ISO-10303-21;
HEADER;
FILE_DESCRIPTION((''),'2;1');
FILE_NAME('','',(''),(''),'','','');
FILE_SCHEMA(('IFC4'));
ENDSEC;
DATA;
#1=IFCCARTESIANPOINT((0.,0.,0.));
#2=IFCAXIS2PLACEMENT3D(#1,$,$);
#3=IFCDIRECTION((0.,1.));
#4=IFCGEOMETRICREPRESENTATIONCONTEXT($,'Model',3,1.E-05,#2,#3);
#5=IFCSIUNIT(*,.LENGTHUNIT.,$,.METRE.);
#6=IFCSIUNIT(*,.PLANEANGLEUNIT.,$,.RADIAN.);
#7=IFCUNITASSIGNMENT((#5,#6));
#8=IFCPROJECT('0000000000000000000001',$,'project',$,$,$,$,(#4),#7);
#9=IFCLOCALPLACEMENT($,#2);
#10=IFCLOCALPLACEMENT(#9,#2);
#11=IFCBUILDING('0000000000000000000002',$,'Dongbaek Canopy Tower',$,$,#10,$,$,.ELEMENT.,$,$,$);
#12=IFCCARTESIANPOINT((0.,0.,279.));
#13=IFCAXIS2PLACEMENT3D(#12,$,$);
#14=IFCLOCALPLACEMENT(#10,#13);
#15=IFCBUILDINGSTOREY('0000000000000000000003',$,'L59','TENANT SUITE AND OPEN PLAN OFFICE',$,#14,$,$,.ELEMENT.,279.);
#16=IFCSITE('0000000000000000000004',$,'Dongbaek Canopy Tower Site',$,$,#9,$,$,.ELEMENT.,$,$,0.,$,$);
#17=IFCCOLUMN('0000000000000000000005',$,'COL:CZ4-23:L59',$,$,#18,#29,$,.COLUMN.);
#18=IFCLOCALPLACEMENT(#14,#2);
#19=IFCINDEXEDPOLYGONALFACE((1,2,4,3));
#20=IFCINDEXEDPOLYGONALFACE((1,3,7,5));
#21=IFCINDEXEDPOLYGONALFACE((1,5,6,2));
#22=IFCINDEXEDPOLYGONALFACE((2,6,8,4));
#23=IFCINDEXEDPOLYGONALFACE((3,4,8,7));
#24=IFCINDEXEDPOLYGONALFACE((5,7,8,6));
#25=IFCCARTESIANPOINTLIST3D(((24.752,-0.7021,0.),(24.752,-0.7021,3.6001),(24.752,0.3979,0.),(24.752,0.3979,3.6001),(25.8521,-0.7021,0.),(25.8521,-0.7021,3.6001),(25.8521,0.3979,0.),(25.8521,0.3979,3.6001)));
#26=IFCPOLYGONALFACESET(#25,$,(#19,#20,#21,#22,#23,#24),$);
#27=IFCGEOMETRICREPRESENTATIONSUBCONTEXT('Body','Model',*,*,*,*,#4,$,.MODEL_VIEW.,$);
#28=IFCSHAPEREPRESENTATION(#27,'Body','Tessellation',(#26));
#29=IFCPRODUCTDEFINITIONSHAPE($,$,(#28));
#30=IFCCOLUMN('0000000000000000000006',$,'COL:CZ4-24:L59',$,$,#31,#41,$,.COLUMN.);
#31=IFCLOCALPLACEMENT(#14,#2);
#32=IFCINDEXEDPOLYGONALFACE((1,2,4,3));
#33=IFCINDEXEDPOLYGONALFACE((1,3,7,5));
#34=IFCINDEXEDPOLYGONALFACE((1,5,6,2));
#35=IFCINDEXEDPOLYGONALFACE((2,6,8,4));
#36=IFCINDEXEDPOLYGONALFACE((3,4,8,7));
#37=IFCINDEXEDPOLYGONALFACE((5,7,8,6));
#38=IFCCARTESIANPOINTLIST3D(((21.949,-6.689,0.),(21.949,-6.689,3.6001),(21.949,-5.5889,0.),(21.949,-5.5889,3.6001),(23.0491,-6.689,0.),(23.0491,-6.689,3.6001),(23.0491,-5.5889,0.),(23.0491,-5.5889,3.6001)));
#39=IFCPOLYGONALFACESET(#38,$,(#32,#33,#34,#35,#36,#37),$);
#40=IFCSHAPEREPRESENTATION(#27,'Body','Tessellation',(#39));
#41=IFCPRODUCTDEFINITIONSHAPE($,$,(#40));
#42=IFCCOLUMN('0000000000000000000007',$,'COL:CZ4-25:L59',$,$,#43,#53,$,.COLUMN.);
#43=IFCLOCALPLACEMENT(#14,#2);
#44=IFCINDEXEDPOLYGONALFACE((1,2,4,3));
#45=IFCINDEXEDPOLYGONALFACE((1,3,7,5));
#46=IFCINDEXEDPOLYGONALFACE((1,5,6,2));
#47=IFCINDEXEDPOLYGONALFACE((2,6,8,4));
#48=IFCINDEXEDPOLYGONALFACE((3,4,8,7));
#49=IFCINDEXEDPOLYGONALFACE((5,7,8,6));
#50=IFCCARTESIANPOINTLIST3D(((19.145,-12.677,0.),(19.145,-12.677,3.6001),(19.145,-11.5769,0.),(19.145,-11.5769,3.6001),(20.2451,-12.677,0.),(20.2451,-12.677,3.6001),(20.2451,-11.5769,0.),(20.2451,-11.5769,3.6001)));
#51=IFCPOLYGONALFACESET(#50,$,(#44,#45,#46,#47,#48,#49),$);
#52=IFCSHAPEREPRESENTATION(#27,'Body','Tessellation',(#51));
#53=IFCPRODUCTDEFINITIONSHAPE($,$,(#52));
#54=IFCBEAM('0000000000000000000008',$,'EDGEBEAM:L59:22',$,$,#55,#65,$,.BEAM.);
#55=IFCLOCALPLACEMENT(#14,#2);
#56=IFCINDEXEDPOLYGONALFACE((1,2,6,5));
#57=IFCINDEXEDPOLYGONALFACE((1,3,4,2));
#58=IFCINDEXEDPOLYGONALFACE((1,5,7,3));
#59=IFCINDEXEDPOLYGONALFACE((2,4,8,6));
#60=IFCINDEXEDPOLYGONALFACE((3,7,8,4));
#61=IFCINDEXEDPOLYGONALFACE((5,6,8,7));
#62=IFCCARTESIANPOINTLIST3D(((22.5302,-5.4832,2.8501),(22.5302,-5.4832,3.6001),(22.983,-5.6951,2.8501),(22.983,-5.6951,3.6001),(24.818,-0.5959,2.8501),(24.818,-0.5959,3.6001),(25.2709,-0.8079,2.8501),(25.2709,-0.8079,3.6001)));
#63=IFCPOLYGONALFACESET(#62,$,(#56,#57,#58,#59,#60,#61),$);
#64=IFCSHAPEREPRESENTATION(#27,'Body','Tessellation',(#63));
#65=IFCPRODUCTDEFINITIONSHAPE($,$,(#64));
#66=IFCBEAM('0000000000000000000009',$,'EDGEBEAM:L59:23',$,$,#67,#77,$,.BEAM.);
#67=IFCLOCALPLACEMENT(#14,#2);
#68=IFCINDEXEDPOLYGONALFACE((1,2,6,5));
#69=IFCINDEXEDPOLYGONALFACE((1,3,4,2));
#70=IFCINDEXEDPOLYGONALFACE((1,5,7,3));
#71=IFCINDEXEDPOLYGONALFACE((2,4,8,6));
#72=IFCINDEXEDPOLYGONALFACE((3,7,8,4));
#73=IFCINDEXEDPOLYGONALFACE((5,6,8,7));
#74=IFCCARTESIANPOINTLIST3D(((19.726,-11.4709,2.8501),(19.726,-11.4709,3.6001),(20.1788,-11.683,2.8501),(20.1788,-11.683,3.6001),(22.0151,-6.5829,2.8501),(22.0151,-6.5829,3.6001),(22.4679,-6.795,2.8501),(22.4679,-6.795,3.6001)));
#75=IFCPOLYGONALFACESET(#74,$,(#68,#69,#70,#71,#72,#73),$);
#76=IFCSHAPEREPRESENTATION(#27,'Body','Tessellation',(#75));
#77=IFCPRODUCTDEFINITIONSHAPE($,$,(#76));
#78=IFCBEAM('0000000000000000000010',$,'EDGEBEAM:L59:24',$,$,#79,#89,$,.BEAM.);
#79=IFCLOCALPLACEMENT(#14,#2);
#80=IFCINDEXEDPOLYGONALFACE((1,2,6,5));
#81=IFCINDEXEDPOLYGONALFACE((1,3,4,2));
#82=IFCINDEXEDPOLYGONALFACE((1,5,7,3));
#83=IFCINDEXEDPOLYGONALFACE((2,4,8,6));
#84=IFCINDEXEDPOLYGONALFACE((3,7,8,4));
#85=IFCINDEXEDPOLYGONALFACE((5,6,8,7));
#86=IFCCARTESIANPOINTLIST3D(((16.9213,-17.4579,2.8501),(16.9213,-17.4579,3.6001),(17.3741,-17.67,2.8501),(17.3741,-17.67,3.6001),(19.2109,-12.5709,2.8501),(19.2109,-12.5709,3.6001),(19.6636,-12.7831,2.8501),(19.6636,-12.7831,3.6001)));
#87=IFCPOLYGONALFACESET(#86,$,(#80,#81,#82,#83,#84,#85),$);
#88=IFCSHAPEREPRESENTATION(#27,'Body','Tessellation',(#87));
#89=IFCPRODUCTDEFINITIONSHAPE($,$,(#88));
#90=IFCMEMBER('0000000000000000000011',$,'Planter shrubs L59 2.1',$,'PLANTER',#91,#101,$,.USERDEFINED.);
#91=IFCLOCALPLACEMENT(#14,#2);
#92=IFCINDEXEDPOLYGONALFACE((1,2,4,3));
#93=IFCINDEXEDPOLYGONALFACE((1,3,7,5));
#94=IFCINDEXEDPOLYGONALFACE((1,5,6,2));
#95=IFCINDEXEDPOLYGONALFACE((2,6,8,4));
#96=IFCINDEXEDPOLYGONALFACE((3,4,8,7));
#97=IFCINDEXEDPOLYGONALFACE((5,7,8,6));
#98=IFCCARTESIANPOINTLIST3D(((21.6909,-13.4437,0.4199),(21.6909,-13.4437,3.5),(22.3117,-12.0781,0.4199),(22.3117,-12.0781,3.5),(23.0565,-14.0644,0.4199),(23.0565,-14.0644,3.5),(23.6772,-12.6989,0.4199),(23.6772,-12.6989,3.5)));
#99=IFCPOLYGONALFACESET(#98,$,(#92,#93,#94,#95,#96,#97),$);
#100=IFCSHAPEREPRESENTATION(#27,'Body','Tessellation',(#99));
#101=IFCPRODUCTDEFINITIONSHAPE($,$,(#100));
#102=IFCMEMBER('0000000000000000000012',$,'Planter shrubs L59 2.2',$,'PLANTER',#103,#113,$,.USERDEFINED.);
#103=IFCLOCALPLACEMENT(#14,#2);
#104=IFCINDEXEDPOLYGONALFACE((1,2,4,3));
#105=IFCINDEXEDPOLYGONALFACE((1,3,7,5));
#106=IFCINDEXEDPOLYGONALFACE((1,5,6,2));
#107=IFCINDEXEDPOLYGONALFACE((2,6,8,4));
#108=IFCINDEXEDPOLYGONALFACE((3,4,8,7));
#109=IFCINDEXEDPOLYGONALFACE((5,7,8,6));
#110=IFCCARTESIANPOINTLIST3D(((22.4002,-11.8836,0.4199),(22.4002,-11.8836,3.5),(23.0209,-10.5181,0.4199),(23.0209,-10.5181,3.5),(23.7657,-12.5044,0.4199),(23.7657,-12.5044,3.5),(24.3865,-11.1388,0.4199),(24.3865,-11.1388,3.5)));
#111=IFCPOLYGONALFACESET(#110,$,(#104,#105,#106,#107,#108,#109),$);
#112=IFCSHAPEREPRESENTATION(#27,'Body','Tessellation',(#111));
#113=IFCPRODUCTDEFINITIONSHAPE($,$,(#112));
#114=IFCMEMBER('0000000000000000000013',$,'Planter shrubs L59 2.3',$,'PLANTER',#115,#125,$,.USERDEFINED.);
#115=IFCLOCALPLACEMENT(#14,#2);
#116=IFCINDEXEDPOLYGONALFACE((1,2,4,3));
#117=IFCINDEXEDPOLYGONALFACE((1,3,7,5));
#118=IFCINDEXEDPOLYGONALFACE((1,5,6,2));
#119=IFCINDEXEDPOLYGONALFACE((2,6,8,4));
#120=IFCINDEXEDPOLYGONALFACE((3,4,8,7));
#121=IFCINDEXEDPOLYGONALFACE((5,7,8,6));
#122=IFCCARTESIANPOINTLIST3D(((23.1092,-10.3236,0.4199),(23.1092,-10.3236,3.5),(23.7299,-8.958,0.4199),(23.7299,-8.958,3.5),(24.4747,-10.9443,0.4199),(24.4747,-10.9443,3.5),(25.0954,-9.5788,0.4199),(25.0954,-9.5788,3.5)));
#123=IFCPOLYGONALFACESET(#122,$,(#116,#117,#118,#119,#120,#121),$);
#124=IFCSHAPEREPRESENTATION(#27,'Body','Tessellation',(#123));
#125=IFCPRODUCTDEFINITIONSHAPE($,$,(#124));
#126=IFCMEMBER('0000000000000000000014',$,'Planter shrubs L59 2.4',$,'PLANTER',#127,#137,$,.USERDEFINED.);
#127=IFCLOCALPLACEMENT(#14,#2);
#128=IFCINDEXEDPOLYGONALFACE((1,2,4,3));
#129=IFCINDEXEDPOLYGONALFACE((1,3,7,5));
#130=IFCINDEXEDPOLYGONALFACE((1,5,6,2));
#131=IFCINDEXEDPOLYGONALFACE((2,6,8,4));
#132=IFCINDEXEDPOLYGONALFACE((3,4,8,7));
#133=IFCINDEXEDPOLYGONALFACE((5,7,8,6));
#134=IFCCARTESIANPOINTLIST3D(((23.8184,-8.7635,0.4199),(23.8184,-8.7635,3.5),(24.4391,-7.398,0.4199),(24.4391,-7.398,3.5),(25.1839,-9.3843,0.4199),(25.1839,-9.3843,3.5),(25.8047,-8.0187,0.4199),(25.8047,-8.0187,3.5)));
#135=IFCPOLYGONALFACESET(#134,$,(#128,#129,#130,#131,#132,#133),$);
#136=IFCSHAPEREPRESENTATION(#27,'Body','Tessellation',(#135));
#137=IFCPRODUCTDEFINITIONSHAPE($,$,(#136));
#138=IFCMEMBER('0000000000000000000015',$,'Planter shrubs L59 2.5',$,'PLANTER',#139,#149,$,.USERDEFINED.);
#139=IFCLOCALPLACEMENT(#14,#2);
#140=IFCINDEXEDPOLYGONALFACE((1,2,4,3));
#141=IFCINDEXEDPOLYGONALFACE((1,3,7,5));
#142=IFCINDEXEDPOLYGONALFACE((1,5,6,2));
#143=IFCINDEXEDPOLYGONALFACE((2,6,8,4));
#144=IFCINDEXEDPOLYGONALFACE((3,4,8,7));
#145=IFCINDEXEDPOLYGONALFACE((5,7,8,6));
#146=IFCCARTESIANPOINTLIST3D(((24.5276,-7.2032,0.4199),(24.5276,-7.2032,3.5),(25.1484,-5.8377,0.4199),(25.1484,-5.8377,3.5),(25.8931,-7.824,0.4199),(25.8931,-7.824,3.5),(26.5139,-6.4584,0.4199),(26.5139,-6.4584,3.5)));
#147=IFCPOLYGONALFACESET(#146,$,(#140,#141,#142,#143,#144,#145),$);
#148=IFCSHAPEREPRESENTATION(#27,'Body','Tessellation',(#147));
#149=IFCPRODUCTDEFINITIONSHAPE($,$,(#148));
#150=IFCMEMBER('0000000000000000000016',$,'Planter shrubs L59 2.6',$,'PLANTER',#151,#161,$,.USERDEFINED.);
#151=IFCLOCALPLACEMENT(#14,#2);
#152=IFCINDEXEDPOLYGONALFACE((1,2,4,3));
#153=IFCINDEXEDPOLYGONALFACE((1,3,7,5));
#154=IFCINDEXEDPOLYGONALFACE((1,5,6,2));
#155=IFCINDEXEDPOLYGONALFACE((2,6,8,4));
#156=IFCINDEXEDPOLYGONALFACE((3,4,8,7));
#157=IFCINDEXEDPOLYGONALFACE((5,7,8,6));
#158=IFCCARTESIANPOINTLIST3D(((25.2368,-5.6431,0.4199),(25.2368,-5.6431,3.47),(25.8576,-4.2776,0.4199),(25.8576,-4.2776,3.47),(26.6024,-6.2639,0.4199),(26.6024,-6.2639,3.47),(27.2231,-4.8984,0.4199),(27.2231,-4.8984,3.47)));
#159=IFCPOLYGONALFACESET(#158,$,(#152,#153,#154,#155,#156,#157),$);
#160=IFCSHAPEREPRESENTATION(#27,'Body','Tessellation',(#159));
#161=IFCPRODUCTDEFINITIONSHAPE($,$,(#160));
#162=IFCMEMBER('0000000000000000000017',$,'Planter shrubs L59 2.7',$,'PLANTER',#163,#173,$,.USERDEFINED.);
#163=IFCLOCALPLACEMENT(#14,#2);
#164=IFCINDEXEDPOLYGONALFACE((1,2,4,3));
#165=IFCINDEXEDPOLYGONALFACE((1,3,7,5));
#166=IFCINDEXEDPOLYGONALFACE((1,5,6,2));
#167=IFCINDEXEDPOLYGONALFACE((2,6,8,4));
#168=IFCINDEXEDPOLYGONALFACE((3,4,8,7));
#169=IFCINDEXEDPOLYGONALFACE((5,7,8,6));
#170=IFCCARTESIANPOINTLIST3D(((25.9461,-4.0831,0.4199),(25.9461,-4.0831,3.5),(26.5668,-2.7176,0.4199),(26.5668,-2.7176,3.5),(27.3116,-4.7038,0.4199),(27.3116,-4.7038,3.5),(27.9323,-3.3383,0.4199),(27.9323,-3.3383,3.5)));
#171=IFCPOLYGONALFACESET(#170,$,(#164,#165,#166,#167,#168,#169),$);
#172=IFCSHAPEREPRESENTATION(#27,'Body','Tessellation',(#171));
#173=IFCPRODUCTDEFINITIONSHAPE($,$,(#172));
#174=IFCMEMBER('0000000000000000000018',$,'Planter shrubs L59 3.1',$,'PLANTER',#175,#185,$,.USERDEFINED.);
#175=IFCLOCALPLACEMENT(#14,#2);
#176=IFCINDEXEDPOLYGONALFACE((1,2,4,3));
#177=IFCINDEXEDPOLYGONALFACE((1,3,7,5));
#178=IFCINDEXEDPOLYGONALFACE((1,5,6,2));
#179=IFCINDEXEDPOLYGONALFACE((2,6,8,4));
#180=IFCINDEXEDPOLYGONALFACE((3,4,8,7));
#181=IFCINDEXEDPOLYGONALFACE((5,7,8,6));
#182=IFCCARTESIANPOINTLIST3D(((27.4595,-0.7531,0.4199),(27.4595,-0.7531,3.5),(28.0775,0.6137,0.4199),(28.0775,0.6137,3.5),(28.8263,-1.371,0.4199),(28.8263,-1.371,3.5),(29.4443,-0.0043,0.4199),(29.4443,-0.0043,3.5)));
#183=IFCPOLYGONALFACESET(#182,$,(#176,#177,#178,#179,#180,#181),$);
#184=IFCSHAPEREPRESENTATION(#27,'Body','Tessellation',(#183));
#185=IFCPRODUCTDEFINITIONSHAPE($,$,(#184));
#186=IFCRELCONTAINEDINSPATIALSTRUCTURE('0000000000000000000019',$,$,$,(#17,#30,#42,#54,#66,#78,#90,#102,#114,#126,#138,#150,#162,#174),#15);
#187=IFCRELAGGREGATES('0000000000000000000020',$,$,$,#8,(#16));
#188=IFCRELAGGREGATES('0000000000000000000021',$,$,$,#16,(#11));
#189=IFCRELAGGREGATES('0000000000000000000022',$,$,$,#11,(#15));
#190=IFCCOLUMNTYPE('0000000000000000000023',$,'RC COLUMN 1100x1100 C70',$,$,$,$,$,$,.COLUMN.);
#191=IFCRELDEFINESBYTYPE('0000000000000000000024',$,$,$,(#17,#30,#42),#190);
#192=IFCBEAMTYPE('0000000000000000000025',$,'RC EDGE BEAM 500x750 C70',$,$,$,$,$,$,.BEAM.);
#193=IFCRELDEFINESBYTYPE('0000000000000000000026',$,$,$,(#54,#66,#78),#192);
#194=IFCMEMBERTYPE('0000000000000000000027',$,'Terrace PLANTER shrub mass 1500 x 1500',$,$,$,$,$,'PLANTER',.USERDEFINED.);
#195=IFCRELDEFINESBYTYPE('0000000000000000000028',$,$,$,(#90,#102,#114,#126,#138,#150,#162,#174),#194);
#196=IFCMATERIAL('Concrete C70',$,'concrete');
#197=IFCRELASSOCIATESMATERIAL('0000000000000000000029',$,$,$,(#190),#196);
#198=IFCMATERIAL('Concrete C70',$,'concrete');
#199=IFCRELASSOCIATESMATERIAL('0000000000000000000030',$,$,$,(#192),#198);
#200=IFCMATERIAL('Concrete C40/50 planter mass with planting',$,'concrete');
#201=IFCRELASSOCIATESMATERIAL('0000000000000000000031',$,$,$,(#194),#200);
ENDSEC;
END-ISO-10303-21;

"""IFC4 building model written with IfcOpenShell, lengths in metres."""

from ifc_helpers import new_model, si_unit, direction, frame, origin, origin_2d, place, context, subcontext, project, spatial, rectangle, extrude, material, material_profile, profile_set, type_object, element, save


model = new_model("IFC4")

# Units and contexts
model_context = context("Model", 3, precision=1e-05, world=origin(), true_north=direction((0.0, 1.0)))
body_context = subcontext(model_context, "Body", "Model", "MODEL_VIEW")
ifc_project = project(units=[si_unit("LENGTHUNIT", "METRE"), si_unit("PLANEANGLEUNIT", "RADIAN")], contexts=[model_context])

# Site, building, storey
site_placement = place(None, origin())
site = spatial("IfcSite", under=ifc_project, at=site_placement, Name="Dongbaek Canopy Tower Site", CompositionType="ELEMENT", RefElevation=0.0)
building_placement = place(site_placement, origin())
building = spatial("IfcBuilding", under=site, at=building_placement, Name="Dongbaek Canopy Tower", CompositionType="ELEMENT")
storey_placement = place(building_placement, frame((0.0, 0.0, 279.0)))
storey = spatial("IfcBuildingStorey", under=building, at=storey_placement, Name="L59", Description="TENANT SUITE AND OPEN PLAN OFFICE", CompositionType="ELEMENT", Elevation=279.0)

# Columns
ifc_material_1 = material(Name="Concrete C70", Category="concrete")
ifc_material_profile_1 = material_profile(ifc_material_1, rectangle(XDim=1.1001, YDim=1.1001, at=origin_2d()), Name="RC COLUMN 1100x1100 C70")
ifc_profile_set_1 = profile_set([ifc_material_profile_1], Name="Concrete C70")
column_type = type_object("IfcColumnType", Name="RC COLUMN 1100x1100 C70", PredefinedType="COLUMN", material=ifc_profile_set_1)
for number, where, z_axis, x_axis, name in (
    (1, (25.302, -0.1521, 0.0), (0.0, 0.0, 1.0), (1.0, 0.0, 0.0), "COL:CZ4-23:L59"),
    (2, (22.499, -6.1389, 0.0), (0.0, 0.0, 1.0), (1.0, 0.0, 0.0), "COL:CZ4-24:L59"),
    (3, (19.6951, -12.127, 0.0), (0.0, 0.0, 1.0), (1.0, 0.0, 0.0), "COL:CZ4-25:L59"),
):
    element("IfcColumn", number, at=place(storey_placement, frame(where, z_axis=z_axis, x_axis=x_axis)), inside=storey, type_object=column_type, Name=name, PredefinedType="COLUMN", context=body_context, shape_type="SweptSolid", body=[
        extrude(rectangle(XDim=1.1001, YDim=1.1001, at=origin_2d()), origin(), (0.0, 0.0, 1.0), 3.6001),
    ])

# Beams
ifc_material_2 = material(Name="Concrete C70", Category="concrete")
ifc_material_profile_2 = material_profile(ifc_material_2, rectangle(XDim=0.5, YDim=0.75, at=origin_2d()), Name="RC EDGE BEAM 500x750 C70")
ifc_profile_set_2 = profile_set([ifc_material_profile_2], Name="Concrete C70")
beam_type = type_object("IfcBeamType", Name="RC EDGE BEAM 500x750 C70", PredefinedType="BEAM", material=ifc_profile_set_2)
beam_1_placement = place(storey_placement, frame((25.0444, -0.7019, 3.2251), z_axis=(-0.423972, -0.905675, 0.0), x_axis=(0.905675, -0.423972, 0.0)))
element("IfcBeam", 4, at=beam_1_placement, inside=storey, type_object=beam_type, Name="EDGEBEAM:L59:22", PredefinedType="BEAM", context=body_context, shape_type="SweptSolid", body=[
    extrude(rectangle(XDim=0.5, YDim=0.75, at=origin_2d()), origin(), (0.0, 0.0, 1.0), 5.3962),
])
beam_2_placement = place(storey_placement, frame((22.2415, -6.689, 3.2251), z_axis=(-0.424106, -0.905613, 0.0), x_axis=(0.905613, -0.424106, 0.0)))
element("IfcBeam", 5, at=beam_2_placement, inside=storey, type_object=beam_type, Name="EDGEBEAM:L59:23", PredefinedType="BEAM", context=body_context, shape_type="SweptSolid", body=[
    extrude(rectangle(XDim=0.5, YDim=0.75, at=origin_2d()), origin(), (0.0, 0.0, 1.0), 5.3975),
])
beam_3_placement = place(storey_placement, frame((19.4373, -12.677, 3.2251), z_axis=(-0.42425, -0.905545, 0.0), x_axis=(0.905545, -0.42425, 0.0)))
element("IfcBeam", 6, at=beam_3_placement, inside=storey, type_object=beam_type, Name="EDGEBEAM:L59:24", PredefinedType="BEAM", context=body_context, shape_type="SweptSolid", body=[
    extrude(rectangle(XDim=0.5, YDim=0.75, at=origin_2d()), origin(), (0.0, 0.0, 1.0), 5.3967),
])

# Members
ifc_material_3 = material(Name="Concrete C40/50 planter mass with planting", Category="concrete")
ifc_material_profile_3 = material_profile(ifc_material_3, rectangle(XDim=1.5, YDim=1.5, at=origin_2d()), Name="Terrace PLANTER shrub mass 1500 x 1500")
ifc_profile_set_3 = profile_set([ifc_material_profile_3], Name="Concrete C40/50 planter mass with planting")
member_type = type_object("IfcMemberType", Name="Terrace PLANTER shrub mass 1500 x 1500", ElementType="PLANTER", PredefinedType="USERDEFINED", material=ifc_profile_set_3)
for number, where, z_axis, x_axis, name in (
    (7, (22.6841, -13.0713, 0.4199), (0.0, 0.0, 1.0), (0.910351, -0.413837, 0.0), "Planter shrubs L59 2.1"),
    (8, (23.3933, -11.5112, 0.4199), (0.0, 0.0, 1.0), (0.910351, -0.413837, 0.0), "Planter shrubs L59 2.2"),
    (9, (24.1023, -9.9512, 0.4199), (0.0, 0.0, 1.0), (0.910351, -0.413837, 0.0), "Planter shrubs L59 2.3"),
    (10, (24.8115, -8.3911, 0.4199), (0.0, 0.0, 1.0), (0.910351, -0.413837, 0.0), "Planter shrubs L59 2.4"),
    (11, (25.5208, -6.8308, 0.4199), (0.0, 0.0, 1.0), (0.910351, -0.413837, 0.0), "Planter shrubs L59 2.5"),
):
    element("IfcMember", number, at=place(storey_placement, frame(where, z_axis=z_axis, x_axis=x_axis)), inside=storey, type_object=member_type, Name=name, ObjectType="PLANTER", PredefinedType="USERDEFINED", context=body_context, shape_type="SweptSolid", body=[
        extrude(rectangle(XDim=1.5, YDim=1.5, at=origin_2d()), origin(), (0.0, 0.0, 1.0), 3.0801),
    ])
member_placement = place(storey_placement, frame((26.23, -5.2708, 0.4199), z_axis=(0.0, 0.0, 1.0), x_axis=(0.910351, -0.413837, 0.0)))
element("IfcMember", 12, at=member_placement, inside=storey, type_object=member_type, Name="Planter shrubs L59 2.6", ObjectType="PLANTER", PredefinedType="USERDEFINED", context=body_context, shape_type="SweptSolid", body=[
    extrude(rectangle(XDim=1.5, YDim=1.5, at=origin_2d()), origin(), (0.0, 0.0, 1.0), 3.05),
])
for number, where, z_axis, x_axis, name in (
    (13, (26.9392, -3.7107, 0.4199), (0.0, 0.0, 1.0), (0.910351, -0.413837, 0.0), "Planter shrubs L59 2.7"),
    (14, (28.4519, -0.3787, 0.4199), (0.0, 0.0, 1.0), (0.911186, -0.411996, 0.0), "Planter shrubs L59 3.1"),
):
    element("IfcMember", number, at=place(storey_placement, frame(where, z_axis=z_axis, x_axis=x_axis)), inside=storey, type_object=member_type, Name=name, ObjectType="PLANTER", PredefinedType="USERDEFINED", context=body_context, shape_type="SweptSolid", body=[
        extrude(rectangle(XDim=1.5, YDim=1.5, at=origin_2d()), origin(), (0.0, 0.0, 1.0), 3.0801),
    ])

save(model, "model.ifc")
